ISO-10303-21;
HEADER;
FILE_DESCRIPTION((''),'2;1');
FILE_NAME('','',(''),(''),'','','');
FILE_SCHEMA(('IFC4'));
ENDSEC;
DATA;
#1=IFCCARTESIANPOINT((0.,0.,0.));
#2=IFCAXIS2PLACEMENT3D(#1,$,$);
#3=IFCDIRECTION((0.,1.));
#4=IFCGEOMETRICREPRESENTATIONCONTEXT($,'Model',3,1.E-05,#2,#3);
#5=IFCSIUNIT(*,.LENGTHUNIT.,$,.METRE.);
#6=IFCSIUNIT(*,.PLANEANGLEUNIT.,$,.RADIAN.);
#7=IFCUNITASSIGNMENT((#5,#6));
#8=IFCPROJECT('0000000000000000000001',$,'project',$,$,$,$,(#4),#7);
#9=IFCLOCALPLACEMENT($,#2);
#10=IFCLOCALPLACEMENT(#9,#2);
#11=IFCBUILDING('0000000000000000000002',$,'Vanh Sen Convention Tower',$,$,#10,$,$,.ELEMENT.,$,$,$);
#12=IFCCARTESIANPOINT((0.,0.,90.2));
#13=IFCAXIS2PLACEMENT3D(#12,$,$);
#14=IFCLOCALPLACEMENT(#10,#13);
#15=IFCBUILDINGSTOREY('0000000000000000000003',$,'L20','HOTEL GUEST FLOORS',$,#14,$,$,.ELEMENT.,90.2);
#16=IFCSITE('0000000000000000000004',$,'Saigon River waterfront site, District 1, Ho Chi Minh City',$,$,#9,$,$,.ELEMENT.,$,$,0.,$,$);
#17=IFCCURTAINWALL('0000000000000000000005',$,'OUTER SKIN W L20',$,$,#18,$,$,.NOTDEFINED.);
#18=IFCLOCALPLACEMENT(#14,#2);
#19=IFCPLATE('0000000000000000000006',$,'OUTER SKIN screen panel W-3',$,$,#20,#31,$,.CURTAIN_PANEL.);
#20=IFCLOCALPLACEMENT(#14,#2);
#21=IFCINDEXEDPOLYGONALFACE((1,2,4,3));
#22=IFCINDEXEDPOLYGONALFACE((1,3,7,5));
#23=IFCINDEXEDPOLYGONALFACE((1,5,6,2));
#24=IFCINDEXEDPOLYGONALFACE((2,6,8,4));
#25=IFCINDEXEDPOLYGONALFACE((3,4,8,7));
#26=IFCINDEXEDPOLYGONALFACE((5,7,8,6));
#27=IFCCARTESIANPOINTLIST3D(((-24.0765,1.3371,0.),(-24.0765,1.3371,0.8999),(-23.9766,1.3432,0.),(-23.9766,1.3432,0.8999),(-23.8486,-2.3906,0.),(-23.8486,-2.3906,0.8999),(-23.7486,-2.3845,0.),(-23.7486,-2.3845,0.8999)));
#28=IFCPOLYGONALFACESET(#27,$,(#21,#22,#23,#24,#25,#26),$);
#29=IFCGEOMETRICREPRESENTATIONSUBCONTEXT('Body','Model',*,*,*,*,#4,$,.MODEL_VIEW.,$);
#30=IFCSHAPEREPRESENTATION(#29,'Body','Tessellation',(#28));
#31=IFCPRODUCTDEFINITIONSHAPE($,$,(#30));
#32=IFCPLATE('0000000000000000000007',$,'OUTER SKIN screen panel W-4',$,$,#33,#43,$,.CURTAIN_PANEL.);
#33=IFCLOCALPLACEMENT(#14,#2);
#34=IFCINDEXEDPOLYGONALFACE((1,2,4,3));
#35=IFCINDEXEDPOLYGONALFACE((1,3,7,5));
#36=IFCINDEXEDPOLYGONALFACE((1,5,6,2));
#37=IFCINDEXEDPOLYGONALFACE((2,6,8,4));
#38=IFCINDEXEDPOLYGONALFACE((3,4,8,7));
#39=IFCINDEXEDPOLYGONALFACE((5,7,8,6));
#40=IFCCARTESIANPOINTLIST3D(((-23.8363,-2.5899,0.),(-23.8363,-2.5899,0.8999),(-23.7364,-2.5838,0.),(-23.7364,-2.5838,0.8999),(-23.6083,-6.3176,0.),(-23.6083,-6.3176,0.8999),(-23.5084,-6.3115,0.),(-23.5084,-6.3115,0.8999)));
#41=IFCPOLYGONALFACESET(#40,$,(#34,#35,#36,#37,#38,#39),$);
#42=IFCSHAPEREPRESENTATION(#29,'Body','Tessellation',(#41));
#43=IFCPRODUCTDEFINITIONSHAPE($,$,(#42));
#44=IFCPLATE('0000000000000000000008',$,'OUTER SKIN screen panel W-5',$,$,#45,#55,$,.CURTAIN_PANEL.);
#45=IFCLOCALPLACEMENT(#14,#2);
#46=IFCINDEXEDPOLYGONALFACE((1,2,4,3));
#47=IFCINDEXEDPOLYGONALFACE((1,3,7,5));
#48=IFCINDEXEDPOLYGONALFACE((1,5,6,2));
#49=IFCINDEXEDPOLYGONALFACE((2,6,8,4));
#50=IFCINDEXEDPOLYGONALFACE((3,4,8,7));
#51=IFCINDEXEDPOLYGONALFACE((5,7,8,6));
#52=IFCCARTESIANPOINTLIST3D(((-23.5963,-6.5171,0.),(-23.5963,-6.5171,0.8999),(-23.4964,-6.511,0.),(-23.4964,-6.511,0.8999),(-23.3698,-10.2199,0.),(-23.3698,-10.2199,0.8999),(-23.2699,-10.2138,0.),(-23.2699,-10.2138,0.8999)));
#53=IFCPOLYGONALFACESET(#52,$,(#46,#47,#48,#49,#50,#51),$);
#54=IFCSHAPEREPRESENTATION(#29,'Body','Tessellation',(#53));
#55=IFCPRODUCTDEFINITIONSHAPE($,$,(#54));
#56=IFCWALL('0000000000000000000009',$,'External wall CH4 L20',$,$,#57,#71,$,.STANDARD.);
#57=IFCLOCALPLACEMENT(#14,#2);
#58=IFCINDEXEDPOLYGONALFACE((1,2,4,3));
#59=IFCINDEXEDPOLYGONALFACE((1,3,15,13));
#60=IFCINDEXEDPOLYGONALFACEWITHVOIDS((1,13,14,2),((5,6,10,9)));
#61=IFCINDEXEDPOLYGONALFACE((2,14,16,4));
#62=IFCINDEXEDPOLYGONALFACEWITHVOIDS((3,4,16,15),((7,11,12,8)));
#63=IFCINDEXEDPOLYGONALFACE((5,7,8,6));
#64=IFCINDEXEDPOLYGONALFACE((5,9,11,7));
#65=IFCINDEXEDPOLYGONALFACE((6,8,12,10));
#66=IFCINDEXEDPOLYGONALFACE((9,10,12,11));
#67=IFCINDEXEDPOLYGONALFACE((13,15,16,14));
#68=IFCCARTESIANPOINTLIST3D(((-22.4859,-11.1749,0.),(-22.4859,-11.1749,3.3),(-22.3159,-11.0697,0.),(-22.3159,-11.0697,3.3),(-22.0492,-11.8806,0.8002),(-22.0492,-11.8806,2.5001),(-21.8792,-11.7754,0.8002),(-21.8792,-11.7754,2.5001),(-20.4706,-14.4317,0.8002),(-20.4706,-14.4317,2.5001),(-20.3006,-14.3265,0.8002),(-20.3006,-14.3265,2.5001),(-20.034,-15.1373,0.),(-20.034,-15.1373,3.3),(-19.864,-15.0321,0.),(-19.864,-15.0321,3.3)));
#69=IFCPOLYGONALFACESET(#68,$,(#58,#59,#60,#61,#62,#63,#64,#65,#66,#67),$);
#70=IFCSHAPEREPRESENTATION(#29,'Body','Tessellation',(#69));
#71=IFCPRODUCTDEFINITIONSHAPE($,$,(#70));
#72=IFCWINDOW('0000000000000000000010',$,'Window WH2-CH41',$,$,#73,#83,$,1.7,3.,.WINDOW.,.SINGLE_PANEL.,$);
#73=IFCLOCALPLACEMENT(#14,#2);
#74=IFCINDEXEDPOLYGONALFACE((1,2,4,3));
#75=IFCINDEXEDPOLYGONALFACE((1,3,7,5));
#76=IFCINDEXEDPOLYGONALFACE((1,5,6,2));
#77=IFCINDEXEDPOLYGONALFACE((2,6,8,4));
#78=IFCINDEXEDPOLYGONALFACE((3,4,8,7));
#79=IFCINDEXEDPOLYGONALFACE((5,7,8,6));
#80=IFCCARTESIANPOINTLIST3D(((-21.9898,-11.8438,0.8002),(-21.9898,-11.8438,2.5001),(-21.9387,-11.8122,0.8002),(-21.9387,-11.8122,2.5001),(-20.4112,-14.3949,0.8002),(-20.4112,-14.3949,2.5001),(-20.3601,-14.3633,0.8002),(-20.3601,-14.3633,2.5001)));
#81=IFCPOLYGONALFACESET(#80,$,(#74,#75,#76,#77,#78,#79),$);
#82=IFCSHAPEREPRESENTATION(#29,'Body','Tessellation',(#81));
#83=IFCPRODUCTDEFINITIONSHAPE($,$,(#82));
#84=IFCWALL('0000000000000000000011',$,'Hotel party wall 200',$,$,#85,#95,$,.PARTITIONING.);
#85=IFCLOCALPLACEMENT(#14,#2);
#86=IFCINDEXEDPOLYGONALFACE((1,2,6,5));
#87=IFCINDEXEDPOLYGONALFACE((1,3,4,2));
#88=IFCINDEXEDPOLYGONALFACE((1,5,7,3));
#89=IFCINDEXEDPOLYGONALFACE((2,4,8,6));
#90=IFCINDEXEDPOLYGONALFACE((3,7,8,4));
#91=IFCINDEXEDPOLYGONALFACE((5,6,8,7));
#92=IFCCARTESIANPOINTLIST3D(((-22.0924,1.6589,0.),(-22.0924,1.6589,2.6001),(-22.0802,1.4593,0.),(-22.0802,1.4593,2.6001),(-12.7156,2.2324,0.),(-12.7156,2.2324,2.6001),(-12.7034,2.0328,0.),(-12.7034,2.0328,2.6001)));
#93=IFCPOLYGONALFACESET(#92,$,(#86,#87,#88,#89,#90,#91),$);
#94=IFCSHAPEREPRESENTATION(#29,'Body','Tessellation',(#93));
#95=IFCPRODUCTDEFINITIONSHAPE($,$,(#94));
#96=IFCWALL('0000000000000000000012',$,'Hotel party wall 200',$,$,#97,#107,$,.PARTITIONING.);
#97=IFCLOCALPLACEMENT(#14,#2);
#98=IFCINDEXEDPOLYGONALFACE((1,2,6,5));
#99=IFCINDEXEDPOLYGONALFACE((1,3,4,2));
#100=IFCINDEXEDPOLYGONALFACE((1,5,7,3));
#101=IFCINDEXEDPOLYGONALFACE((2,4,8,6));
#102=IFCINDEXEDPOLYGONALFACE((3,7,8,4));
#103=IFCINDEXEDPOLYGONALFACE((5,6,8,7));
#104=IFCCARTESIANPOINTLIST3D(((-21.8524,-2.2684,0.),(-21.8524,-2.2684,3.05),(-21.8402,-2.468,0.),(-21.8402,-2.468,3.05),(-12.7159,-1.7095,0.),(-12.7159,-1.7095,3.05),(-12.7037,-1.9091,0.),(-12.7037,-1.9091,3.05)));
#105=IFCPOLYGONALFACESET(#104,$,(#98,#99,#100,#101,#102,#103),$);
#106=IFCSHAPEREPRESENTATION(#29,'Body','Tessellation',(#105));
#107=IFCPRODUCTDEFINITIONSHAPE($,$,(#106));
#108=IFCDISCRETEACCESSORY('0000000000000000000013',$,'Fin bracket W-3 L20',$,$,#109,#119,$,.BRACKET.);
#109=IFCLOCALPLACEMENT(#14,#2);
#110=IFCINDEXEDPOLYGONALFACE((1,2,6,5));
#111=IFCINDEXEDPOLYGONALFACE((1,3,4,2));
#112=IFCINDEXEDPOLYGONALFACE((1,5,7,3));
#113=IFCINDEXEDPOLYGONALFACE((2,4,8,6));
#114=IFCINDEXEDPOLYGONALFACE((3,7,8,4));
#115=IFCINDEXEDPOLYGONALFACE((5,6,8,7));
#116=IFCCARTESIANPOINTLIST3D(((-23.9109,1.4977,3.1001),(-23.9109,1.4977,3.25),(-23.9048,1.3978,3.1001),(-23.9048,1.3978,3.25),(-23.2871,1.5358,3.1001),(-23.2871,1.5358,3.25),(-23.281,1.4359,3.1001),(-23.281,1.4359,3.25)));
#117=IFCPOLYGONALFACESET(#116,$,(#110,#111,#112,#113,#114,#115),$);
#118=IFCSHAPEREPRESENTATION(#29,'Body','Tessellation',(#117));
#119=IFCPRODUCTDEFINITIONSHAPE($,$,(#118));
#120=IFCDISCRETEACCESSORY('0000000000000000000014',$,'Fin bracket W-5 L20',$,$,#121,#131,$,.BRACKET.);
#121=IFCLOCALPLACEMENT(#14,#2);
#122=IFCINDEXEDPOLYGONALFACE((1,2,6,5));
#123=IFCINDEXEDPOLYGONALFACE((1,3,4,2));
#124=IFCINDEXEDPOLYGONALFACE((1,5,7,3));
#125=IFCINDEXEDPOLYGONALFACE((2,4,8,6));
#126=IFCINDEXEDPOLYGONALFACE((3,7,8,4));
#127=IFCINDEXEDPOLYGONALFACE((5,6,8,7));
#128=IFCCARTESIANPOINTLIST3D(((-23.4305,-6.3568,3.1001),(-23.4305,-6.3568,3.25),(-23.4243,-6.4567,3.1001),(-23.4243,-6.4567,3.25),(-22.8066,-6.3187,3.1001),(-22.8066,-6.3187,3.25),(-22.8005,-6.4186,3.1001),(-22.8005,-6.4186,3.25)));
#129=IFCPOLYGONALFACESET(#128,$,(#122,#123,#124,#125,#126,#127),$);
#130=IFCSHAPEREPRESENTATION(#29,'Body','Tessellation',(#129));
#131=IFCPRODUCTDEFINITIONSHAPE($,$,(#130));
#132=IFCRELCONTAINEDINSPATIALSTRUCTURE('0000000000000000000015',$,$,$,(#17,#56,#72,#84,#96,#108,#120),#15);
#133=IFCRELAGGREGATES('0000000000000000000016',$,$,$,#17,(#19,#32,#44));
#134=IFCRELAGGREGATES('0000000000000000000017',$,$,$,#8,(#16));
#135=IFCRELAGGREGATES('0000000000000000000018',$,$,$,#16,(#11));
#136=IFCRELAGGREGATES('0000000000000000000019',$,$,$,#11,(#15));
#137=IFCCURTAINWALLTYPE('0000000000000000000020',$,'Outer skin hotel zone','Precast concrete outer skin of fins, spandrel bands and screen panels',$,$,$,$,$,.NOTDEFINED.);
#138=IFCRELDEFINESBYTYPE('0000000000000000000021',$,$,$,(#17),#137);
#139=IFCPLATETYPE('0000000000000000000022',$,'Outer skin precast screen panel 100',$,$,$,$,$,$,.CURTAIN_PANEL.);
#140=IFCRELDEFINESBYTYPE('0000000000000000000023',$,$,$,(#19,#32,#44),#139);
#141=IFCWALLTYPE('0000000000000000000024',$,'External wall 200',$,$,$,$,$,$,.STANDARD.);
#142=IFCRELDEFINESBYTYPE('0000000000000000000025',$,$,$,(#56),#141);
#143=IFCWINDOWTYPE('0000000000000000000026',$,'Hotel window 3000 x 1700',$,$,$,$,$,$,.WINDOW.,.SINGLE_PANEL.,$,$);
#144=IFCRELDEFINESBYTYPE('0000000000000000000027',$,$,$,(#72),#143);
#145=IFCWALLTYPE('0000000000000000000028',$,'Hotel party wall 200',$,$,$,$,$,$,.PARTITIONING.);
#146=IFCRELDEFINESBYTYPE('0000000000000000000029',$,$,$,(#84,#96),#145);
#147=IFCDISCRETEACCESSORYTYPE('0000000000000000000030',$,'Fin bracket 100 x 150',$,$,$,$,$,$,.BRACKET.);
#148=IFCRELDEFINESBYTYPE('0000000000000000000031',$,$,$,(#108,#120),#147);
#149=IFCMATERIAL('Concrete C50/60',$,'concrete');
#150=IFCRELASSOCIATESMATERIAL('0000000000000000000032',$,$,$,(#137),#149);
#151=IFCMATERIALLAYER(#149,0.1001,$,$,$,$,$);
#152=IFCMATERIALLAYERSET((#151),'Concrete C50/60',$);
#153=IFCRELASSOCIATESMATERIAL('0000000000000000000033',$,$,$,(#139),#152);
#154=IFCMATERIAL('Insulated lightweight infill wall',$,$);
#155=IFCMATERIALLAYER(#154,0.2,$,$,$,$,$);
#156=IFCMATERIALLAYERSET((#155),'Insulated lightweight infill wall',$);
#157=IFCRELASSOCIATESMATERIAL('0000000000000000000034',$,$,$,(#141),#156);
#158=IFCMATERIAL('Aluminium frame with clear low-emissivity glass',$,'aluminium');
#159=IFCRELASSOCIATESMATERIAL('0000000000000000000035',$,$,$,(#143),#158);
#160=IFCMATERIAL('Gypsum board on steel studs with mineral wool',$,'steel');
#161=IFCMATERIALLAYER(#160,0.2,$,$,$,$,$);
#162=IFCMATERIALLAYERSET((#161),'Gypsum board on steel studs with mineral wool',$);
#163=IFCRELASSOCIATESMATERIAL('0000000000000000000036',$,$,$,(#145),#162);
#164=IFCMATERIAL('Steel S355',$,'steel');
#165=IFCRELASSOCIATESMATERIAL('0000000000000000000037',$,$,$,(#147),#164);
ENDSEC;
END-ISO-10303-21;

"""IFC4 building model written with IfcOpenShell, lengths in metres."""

from ifc_helpers import new_model, si_unit, direction, frame, frame_2d, origin, origin_2d, place, context, subcontext, project, spatial, rectangle, extrude, material, layer, layer_set, type_object, element, fill, aggregate, save


model = new_model("IFC4")

# Units and contexts
model_context = context("Model", 3, precision=1e-05, world=origin(), true_north=direction((0.0, 1.0)))
body_context = subcontext(model_context, "Body", "Model", "MODEL_VIEW")
ifc_project = project(units=[si_unit("LENGTHUNIT", "METRE"), si_unit("PLANEANGLEUNIT", "RADIAN")], contexts=[model_context])

# Site, building, storey
site_placement = place(None, origin())
site = spatial("IfcSite", under=ifc_project, at=site_placement, Name="Saigon River waterfront site, District 1, Ho Chi Minh City", CompositionType="ELEMENT", RefElevation=0.0)
building_placement = place(site_placement, origin())
building = spatial("IfcBuilding", under=site, at=building_placement, Name="Vanh Sen Convention Tower", CompositionType="ELEMENT")
storey_placement = place(building_placement, frame((0.0, 0.0, 90.2)))
storey = spatial("IfcBuildingStorey", under=building, at=storey_placement, Name="L20", Description="HOTEL GUEST FLOORS", CompositionType="ELEMENT", Elevation=90.2)

# Curtain wall
ifc_material_1 = material(Name="Concrete C50/60", Category="concrete")
curtain_wall_type = type_object("IfcCurtainWallType", Name="Outer skin hotel zone", Description="Precast concrete outer skin of fins, spandrel bands and screen panels", PredefinedType="NOTDEFINED", material=ifc_material_1)
curtain_wall_1_placement = place(storey_placement, origin())
curtain_wall_1 = element("IfcCurtainWall", 1, at=curtain_wall_1_placement, inside=storey, type_object=curtain_wall_type, Name="OUTER SKIN W L20", PredefinedType="NOTDEFINED")

# Plates
ifc_layer_1 = layer(ifc_material_1, 0.1001)
ifc_layer_set_1 = layer_set([ifc_layer_1], Name="Concrete C50/60")
plate_type = type_object("IfcPlateType", Name="Outer skin precast screen panel 100", PredefinedType="CURTAIN_PANEL", material=ifc_layer_set_1)
plate_1_placement = place(storey_placement, frame((-23.9126, -0.5237, 0.0), z_axis=(0.0, 0.0, 1.0), x_axis=(0.061047, -0.998135, 0.0)))
plate_1 = element("IfcPlate", 2, at=plate_1_placement, type_object=plate_type, Name="OUTER SKIN screen panel W-3", PredefinedType="CURTAIN_PANEL", context=body_context, shape_type="SweptSolid", body=[
    extrude(rectangle(XDim=3.7346, YDim=0.1001, at=origin_2d()), origin(), (0.0, 0.0, 1.0), 0.8999),
])
plate_2_placement = place(storey_placement, frame((-23.6724, -4.4507, 0.0), z_axis=(0.0, 0.0, 1.0), x_axis=(0.061049, -0.998135, 0.0)))
plate_2 = element("IfcPlate", 3, at=plate_2_placement, type_object=plate_type, Name="OUTER SKIN screen panel W-4", PredefinedType="CURTAIN_PANEL", context=body_context, shape_type="SweptSolid", body=[
    extrude(rectangle(XDim=3.7346, YDim=0.1001, at=origin_2d()), origin(), (0.0, 0.0, 1.0), 0.8999),
])
plate_3_placement = place(storey_placement, frame((-23.4331, -8.3655, 0.0), z_axis=(0.0, 0.0, 1.0), x_axis=(0.061047, -0.998135, 0.0)))
plate_3 = element("IfcPlate", 4, at=plate_3_placement, type_object=plate_type, Name="OUTER SKIN screen panel W-5", PredefinedType="CURTAIN_PANEL", context=body_context, shape_type="SweptSolid", body=[
    extrude(rectangle(XDim=3.7097, YDim=0.1001, at=origin_2d()), origin(), (0.0, 0.0, 1.0), 0.8999),
])
aggregate(curtain_wall_1, [plate_1, plate_2, plate_3])

# Wall, opening, window
ifc_material_2 = material(Name="Insulated lightweight infill wall")
ifc_layer_2 = layer(ifc_material_2, 0.2)
ifc_layer_set_2 = layer_set([ifc_layer_2], Name="Insulated lightweight infill wall")
wall_type_1 = type_object("IfcWallType", Name="External wall 200", PredefinedType="STANDARD", material=ifc_layer_set_2)
wall_1_placement = place(storey_placement, frame((-22.4009, -11.1223, 0.0), z_axis=(0.0, 0.0, 1.0), x_axis=(0.526198, -0.850362, 0.0)))
wall_1 = element("IfcWall", 5, at=wall_1_placement, inside=storey, type_object=wall_type_1, Name="External wall CH4 L20", PredefinedType="STANDARD", context=body_context, shape_type="SweptSolid", body=[
    extrude(rectangle(XDim=4.6597, YDim=0.2, at=frame_2d((2.3298, 0.0))), origin(), (0.0, 0.0, 1.0), 3.3),
])
opening_placement = place(wall_1_placement, frame((0.8298, 0.0, 0.8)))
opening = element("IfcOpeningElement", 6, at=opening_placement, cuts=wall_1, PredefinedType="OPENING", context=body_context, shape_type="SweptSolid", body=[
    extrude(rectangle(XDim=3.0, YDim=1.7, at=frame_2d((1.5, 0.8501))), frame((0.0, 0.1099, 0.0), z_axis=(0.0, -1.0, 0.0), x_axis=(1.0, 0.0, 0.0)), (0.0, 0.0, 1.0), 0.22),
])
ifc_material_3 = material(Name="Aluminium frame with clear low-emissivity glass", Category="aluminium")
window_type = type_object("IfcWindowType", Name="Hotel window 3000 x 1700", PartitioningType="SINGLE_PANEL", PredefinedType="WINDOW", material=ifc_material_3)
window_placement = place(opening_placement, origin())
window = element("IfcWindow", 7, at=window_placement, inside=storey, type_object=window_type, Name="Window WH2-CH41", OverallHeight=1.7, OverallWidth=3.0, PartitioningType="SINGLE_PANEL", PredefinedType="WINDOW", context=body_context, shape_type="SweptSolid", body=[
    extrude(rectangle(XDim=3.0, YDim=1.7, at=frame_2d((1.5, 0.8501))), frame((0.0, 0.03, 0.0), z_axis=(0.0, -1.0, 0.0), x_axis=(1.0, 0.0, 0.0)), (0.0, 0.0, 1.0), 0.0601),
])
fill(opening, window)

# Walls
ifc_material_4 = material(Name="Gypsum board on steel studs with mineral wool", Category="steel")
ifc_layer_3 = layer(ifc_material_4, 0.2)
ifc_layer_set_3 = layer_set([ifc_layer_3], Name="Gypsum board on steel studs with mineral wool")
wall_type_2 = type_object("IfcWallType", Name="Hotel party wall 200", PredefinedType="PARTITIONING", material=ifc_layer_set_3)
wall_2_placement = place(storey_placement, frame((-22.0864, 1.5591, 0.0), z_axis=(0.0, 0.0, 1.0), x_axis=(0.998135, 0.061047, 0.0)))
element("IfcWall", 8, at=wall_2_placement, inside=storey, type_object=wall_type_2, Name="Hotel party wall 200", PredefinedType="PARTITIONING", context=body_context, shape_type="SweptSolid", body=[
    extrude(rectangle(XDim=9.3943, YDim=0.2, at=frame_2d((4.6973, 0.0))), origin(), (0.0, 0.0, 1.0), 2.6001),
])
wall_3_placement = place(storey_placement, frame((-21.8462, -2.3682, 0.0), z_axis=(0.0, 0.0, 1.0), x_axis=(0.998135, 0.061051, 0.0)))
element("IfcWall", 9, at=wall_3_placement, inside=storey, type_object=wall_type_2, Name="Hotel party wall 200", PredefinedType="PARTITIONING", context=body_context, shape_type="SweptSolid", body=[
    extrude(rectangle(XDim=9.1536, YDim=0.2, at=frame_2d((4.5767, 0.0))), origin(), (0.0, 0.0, 1.0), 3.05),
])

# Discrete accessories
ifc_material_5 = material(Name="Steel S355", Category="steel")
discrete_accessory_type = type_object("IfcDiscreteAccessoryType", Name="Fin bracket 100 x 150", PredefinedType="BRACKET", material=ifc_material_5)
for number, where, z_axis, x_axis, name in (
    (10, (-23.5959, 1.4668, 3.1001), (0.0, 0.0, 1.0), (-0.998135, -0.061049, 0.0), "Fin bracket W-3 L20"),
    (11, (-23.1155, -6.3877, 3.1001), (0.0, 0.0, 1.0), (-0.998135, -0.061049, 0.0), "Fin bracket W-5 L20"),
):
    element("IfcDiscreteAccessory", number, at=place(storey_placement, frame(where, z_axis=z_axis, x_axis=x_axis)), inside=storey, type_object=discrete_accessory_type, Name=name, PredefinedType="BRACKET", context=body_context, shape_type="SweptSolid", body=[
        extrude(rectangle(XDim=0.625, YDim=0.1001, at=origin_2d()), origin(), (0.0, 0.0, 1.0), 0.1499),
    ])

save(model, "model.ifc")
